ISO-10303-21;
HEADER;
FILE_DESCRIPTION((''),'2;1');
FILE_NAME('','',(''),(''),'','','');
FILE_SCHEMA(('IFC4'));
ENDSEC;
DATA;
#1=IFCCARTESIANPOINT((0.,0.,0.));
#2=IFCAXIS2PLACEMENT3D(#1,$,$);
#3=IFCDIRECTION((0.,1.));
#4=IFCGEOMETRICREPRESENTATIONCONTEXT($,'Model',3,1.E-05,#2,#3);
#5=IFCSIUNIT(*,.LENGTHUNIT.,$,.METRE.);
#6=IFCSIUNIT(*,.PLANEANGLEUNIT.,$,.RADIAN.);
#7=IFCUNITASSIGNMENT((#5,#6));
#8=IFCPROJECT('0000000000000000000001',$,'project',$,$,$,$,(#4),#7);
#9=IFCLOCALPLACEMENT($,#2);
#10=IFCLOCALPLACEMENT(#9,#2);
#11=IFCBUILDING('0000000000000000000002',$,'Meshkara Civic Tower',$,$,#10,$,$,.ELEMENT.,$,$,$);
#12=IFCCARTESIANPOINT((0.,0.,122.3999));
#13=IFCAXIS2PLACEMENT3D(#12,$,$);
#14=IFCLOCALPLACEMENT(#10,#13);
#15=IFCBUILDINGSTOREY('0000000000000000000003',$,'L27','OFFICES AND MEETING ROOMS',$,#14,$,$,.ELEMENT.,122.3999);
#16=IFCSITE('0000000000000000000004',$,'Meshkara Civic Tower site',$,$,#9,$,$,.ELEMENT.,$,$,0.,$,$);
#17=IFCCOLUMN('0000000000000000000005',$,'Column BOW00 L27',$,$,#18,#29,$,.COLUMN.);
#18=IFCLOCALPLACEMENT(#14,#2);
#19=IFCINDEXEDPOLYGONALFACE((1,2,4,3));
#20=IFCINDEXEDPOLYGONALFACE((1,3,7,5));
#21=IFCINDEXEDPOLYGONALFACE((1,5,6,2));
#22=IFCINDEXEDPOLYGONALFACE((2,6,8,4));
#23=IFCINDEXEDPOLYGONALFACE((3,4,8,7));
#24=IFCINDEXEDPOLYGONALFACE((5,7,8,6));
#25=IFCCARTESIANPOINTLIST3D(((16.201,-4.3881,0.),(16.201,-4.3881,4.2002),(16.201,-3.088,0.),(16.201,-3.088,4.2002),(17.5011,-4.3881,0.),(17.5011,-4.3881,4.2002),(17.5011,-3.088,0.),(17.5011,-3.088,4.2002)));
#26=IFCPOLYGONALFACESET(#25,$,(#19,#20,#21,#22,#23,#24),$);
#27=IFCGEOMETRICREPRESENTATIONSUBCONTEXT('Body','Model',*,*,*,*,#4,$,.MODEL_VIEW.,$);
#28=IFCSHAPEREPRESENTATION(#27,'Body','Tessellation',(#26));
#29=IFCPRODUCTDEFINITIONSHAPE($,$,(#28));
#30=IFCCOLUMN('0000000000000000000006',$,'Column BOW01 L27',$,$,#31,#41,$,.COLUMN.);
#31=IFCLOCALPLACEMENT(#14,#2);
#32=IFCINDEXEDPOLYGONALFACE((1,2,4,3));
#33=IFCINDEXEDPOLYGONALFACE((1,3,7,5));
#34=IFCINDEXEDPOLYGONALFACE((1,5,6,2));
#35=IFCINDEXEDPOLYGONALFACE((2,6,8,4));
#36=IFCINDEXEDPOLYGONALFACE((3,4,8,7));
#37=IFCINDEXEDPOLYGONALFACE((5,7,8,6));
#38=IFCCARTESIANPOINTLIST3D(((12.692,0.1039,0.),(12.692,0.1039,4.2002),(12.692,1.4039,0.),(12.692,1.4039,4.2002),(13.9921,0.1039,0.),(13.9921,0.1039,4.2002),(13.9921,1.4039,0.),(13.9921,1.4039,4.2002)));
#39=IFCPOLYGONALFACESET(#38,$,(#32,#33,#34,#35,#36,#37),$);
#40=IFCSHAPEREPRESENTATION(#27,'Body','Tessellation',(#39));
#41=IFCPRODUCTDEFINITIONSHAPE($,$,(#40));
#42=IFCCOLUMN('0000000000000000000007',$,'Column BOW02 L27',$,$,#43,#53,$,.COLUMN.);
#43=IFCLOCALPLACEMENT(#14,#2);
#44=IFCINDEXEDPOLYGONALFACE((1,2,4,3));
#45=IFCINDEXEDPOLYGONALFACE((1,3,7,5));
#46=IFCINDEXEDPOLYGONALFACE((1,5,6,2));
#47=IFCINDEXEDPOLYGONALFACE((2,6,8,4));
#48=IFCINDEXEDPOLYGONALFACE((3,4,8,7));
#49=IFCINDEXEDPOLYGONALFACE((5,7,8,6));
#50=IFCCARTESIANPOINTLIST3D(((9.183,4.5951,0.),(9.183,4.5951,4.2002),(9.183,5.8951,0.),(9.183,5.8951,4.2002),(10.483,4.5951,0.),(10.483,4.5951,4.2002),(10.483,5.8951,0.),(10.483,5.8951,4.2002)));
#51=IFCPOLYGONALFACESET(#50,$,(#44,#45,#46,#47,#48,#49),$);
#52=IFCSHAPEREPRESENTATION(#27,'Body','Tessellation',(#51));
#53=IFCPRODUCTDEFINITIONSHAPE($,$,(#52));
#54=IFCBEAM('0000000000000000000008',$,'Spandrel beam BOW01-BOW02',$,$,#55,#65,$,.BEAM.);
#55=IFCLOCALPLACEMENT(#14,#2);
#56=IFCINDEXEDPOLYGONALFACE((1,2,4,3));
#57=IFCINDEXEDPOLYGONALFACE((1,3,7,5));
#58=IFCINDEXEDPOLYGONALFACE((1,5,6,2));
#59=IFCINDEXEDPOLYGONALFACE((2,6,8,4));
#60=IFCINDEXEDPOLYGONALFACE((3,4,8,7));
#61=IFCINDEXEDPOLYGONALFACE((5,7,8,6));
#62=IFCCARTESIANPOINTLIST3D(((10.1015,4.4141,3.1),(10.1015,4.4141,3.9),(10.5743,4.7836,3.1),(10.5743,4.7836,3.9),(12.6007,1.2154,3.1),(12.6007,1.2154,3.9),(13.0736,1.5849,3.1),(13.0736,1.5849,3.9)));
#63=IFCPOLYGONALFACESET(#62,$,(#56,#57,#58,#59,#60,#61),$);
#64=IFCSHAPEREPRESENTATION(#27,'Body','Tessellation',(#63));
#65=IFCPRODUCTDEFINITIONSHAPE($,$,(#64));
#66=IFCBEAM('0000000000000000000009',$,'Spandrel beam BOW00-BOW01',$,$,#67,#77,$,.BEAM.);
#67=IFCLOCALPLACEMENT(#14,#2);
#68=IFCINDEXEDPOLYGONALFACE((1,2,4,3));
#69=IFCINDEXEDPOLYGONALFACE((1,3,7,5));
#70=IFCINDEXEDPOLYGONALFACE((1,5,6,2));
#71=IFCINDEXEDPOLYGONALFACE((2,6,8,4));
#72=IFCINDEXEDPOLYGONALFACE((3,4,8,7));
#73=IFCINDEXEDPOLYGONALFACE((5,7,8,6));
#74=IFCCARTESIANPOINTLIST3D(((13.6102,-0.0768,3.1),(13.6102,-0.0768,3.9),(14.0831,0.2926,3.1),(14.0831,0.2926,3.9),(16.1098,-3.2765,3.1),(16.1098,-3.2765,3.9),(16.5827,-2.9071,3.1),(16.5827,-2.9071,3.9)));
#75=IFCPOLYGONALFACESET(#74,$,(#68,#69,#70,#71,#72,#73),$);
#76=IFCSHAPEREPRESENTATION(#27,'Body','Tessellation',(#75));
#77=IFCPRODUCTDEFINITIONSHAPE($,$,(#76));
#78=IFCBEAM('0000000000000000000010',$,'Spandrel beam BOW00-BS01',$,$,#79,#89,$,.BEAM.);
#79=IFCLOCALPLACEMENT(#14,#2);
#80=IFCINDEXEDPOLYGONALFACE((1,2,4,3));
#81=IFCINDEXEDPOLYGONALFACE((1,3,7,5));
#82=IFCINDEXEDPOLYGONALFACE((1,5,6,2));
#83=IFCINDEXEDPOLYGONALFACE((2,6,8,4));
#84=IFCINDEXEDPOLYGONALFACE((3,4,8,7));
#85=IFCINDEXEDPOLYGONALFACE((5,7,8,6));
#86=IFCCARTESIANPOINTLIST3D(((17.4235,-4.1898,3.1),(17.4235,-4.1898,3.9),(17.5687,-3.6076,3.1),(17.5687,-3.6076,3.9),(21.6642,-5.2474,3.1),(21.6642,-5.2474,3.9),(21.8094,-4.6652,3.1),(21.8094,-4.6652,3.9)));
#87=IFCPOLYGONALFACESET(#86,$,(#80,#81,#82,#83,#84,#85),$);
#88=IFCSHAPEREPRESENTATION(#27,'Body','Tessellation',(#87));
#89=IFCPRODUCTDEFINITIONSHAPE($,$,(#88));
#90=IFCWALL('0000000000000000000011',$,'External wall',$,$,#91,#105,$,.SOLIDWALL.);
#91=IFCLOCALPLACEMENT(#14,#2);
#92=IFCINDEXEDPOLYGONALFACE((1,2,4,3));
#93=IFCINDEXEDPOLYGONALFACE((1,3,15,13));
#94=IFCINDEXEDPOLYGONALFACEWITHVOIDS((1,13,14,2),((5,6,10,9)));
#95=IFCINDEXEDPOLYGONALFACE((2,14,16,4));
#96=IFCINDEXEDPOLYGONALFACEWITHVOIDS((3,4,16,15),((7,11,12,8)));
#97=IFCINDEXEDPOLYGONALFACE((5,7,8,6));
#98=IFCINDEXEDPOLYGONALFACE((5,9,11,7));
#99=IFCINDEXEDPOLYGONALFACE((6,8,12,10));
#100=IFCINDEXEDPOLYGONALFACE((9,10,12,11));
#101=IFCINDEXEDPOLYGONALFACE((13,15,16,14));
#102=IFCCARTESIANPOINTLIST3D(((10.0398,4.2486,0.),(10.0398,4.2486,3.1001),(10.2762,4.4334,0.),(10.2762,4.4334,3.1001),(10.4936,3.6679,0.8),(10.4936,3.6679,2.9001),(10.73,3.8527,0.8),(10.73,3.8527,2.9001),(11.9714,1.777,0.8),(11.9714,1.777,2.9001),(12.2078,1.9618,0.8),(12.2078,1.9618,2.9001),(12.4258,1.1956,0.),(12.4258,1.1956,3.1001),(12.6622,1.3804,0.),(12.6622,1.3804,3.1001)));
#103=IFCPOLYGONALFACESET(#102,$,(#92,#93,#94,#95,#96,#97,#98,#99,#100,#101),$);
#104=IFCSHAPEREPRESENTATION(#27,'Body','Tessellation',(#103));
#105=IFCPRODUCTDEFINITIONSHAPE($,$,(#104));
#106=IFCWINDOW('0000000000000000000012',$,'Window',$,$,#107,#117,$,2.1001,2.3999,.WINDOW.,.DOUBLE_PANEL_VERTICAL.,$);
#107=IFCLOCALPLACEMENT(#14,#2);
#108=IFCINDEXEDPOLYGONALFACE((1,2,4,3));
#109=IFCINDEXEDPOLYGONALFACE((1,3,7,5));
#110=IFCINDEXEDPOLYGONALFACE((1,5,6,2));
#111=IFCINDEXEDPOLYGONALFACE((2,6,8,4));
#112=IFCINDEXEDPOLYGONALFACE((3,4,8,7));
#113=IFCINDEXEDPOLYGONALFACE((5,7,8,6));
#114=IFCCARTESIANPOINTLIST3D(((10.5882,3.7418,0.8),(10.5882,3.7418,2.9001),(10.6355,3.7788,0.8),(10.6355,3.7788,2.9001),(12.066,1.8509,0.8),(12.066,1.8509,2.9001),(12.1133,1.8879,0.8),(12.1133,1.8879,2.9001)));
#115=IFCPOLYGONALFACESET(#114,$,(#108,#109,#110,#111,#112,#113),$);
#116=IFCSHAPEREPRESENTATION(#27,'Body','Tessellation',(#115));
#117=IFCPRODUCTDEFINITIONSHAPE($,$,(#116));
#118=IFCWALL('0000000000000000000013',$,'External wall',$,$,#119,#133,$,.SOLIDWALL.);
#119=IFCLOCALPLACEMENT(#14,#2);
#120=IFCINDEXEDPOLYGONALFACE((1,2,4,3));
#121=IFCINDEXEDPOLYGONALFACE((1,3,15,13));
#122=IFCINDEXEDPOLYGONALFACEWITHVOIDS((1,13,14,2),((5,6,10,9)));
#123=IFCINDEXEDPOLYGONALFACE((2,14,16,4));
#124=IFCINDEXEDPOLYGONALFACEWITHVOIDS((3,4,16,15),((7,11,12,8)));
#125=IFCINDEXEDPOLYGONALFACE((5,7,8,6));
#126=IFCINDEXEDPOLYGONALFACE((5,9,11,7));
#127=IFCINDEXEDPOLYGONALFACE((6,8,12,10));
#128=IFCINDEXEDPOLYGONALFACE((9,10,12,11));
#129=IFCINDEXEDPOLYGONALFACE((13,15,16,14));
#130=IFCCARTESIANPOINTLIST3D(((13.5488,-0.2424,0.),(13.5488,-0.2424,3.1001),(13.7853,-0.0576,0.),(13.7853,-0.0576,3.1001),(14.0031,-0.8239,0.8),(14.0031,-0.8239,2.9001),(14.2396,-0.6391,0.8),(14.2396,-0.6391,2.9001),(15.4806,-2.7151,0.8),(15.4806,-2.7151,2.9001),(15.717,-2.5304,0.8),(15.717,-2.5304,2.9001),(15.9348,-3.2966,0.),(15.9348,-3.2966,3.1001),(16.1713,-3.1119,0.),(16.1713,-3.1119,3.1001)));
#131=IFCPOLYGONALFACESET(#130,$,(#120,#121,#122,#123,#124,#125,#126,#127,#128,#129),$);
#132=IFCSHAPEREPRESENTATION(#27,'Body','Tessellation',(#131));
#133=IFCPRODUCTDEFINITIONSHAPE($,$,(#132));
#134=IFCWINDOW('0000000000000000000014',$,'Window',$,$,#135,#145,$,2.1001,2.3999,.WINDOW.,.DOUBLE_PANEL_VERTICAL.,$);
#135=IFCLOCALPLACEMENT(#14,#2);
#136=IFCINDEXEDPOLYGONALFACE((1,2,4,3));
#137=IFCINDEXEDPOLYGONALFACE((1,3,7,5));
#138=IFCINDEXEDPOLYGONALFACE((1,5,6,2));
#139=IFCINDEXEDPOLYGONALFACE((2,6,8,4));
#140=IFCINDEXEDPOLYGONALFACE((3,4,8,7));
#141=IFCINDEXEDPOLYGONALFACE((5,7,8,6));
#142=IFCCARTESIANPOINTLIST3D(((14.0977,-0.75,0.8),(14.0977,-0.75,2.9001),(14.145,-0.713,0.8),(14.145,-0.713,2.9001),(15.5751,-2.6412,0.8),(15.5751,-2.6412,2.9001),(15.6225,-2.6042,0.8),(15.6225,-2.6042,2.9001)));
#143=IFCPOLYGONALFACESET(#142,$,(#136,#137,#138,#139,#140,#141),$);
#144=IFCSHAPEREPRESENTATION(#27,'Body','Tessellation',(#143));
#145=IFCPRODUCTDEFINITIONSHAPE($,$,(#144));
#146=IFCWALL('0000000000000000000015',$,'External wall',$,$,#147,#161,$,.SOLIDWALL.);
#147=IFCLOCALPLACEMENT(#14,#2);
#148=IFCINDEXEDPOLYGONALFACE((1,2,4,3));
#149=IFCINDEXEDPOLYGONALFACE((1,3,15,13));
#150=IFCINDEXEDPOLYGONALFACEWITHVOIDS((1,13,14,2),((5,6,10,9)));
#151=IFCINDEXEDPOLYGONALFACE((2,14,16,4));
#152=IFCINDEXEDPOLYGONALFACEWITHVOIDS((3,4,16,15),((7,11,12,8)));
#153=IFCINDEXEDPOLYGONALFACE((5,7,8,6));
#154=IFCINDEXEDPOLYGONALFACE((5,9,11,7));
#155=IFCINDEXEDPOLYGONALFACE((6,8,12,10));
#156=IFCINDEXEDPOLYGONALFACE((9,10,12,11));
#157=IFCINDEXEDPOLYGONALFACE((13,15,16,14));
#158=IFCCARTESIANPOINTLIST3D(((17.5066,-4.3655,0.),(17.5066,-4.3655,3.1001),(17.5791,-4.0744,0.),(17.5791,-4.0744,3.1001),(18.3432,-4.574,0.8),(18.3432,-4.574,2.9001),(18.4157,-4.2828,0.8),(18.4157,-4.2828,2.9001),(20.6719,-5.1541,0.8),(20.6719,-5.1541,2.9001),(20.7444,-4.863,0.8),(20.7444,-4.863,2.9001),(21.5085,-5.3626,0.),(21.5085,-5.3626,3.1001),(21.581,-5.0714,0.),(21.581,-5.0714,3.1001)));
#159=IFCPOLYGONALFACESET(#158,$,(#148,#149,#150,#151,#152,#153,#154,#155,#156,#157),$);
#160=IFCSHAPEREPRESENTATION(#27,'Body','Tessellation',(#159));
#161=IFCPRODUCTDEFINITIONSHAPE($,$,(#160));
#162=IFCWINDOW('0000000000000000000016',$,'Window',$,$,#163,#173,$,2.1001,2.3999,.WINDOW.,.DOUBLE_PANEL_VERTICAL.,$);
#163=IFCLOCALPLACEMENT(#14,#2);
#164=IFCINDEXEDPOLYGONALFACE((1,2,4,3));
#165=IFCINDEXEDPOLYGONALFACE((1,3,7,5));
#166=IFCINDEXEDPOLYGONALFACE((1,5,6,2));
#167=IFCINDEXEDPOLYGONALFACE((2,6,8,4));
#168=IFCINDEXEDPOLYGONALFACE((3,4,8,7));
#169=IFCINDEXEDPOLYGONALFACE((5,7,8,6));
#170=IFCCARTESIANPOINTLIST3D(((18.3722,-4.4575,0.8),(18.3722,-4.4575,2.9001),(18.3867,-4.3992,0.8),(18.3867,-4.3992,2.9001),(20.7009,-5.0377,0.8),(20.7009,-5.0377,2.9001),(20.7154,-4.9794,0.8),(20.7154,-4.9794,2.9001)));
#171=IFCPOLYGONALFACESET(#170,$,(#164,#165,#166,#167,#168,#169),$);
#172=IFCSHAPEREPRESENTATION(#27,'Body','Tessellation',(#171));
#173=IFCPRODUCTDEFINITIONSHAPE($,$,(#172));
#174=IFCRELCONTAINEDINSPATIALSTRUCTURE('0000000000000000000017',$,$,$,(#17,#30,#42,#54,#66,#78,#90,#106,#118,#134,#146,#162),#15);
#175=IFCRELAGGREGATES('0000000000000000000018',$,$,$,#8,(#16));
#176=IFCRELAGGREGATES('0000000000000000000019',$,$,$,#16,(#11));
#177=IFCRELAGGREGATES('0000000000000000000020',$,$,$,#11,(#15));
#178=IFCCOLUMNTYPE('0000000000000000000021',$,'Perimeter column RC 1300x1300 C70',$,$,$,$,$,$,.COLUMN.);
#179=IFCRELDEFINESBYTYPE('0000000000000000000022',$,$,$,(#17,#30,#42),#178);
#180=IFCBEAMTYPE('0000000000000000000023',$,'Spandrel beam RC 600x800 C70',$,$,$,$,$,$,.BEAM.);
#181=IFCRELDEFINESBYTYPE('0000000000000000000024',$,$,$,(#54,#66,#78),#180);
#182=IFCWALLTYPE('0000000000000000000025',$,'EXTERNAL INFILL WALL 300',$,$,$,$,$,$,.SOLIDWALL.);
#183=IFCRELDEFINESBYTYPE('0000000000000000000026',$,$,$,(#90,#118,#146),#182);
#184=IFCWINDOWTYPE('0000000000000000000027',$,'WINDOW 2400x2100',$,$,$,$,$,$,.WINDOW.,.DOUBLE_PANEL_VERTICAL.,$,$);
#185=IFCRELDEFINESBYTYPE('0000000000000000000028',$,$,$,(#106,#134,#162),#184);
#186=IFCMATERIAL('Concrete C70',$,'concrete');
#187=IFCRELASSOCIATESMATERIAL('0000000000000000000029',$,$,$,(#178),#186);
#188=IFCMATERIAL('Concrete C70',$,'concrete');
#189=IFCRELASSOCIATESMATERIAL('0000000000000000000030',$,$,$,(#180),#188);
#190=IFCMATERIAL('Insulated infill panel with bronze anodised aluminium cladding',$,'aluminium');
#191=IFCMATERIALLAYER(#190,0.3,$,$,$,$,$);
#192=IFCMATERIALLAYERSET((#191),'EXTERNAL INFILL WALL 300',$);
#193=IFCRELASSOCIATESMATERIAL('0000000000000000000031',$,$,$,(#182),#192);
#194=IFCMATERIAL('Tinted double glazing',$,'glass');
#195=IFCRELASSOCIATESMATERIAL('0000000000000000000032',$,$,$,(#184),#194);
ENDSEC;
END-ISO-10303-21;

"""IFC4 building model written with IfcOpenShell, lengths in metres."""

from ifc_helpers import new_model, si_unit, direction, frame, frame_2d, origin, origin_2d, place, context, subcontext, project, spatial, rectangle, extrude, material, layer, layer_set, material_profile, profile_set, type_object, element, fill, save


model = new_model("IFC4")

# Units and contexts
model_context = context("Model", 3, precision=1e-05, world=origin(), true_north=direction((0.0, 1.0)))
body_context = subcontext(model_context, "Body", "Model", "MODEL_VIEW")
ifc_project = project(units=[si_unit("LENGTHUNIT", "METRE"), si_unit("PLANEANGLEUNIT", "RADIAN")], contexts=[model_context])

# Site, building, storey
site_placement = place(None, origin())
site = spatial("IfcSite", under=ifc_project, at=site_placement, Name="Meshkara Civic Tower site", CompositionType="ELEMENT", RefElevation=0.0)
building_placement = place(site_placement, origin())
building = spatial("IfcBuilding", under=site, at=building_placement, Name="Meshkara Civic Tower", CompositionType="ELEMENT")
storey_placement = place(building_placement, frame((0.0, 0.0, 122.3999)))
storey = spatial("IfcBuildingStorey", under=building, at=storey_placement, Name="L27", Description="OFFICES AND MEETING ROOMS", CompositionType="ELEMENT", Elevation=122.3999)

# Columns
ifc_material_1 = material(Name="Concrete C70", Category="concrete")
ifc_material_profile_1 = material_profile(ifc_material_1, rectangle(XDim=1.3, YDim=1.3, at=origin_2d()))
ifc_profile_set_1 = profile_set([ifc_material_profile_1], Name="Concrete C70")
column_type = type_object("IfcColumnType", Name="Perimeter column RC 1300x1300 C70", PredefinedType="COLUMN", material=ifc_profile_set_1)
for number, where, z_axis, x_axis, name in (
    (1, (16.8511, -3.738, 0.0), (0.0, 0.0, 1.0), (1.0, 0.0, 0.0), "Column BOW00 L27"),
    (2, (13.342, 0.7539, 0.0), (0.0, 0.0, 1.0), (1.0, 0.0, 0.0), "Column BOW01 L27"),
    (3, (9.833, 5.2451, 0.0), (0.0, 0.0, 1.0), (1.0, 0.0, 0.0), "Column BOW02 L27"),
):
    element("IfcColumn", number, at=place(storey_placement, frame(where, z_axis=z_axis, x_axis=x_axis)), inside=storey, type_object=column_type, Name=name, PredefinedType="COLUMN", context=body_context, shape_type="SweptSolid", body=[
        extrude(rectangle(XDim=1.3, YDim=1.3, at=origin_2d()), origin(), (0.0, 0.0, 1.0), 4.2002),
    ])

# Beams
ifc_material_2 = material(Name="Concrete C70", Category="concrete")
ifc_material_profile_2 = material_profile(ifc_material_2, rectangle(XDim=0.6001, YDim=0.8, at=origin_2d()))
ifc_profile_set_2 = profile_set([ifc_material_profile_2], Name="Concrete C70")
beam_type = type_object("IfcBeamType", Name="Spandrel beam RC 600x800 C70", PredefinedType="BEAM", material=ifc_profile_set_2)
beam_1_placement = place(storey_placement, frame((10.3379, 4.5989, 3.5), z_axis=(0.615684, -0.787993, 0.0), x_axis=(0.787993, 0.615684, 0.0)))
element("IfcBeam", 4, at=beam_1_placement, inside=storey, type_object=beam_type, Name="Spandrel beam BOW01-BOW02", PredefinedType="BEAM", context=body_context, shape_type="SweptSolid", body=[
    extrude(rectangle(XDim=0.6001, YDim=0.8, at=origin_2d()), origin(), (0.0, 0.0, 1.0), 4.0593),
])
beam_2_placement = place(storey_placement, frame((13.8467, 0.1079, 3.5), z_axis=(0.615604, -0.788055, 0.0), x_axis=(0.788055, 0.615604, 0.0)))
element("IfcBeam", 5, at=beam_2_placement, inside=storey, type_object=beam_type, Name="Spandrel beam BOW00-BOW01", PredefinedType="BEAM", context=body_context, shape_type="SweptSolid", body=[
    extrude(rectangle(XDim=0.6001, YDim=0.8, at=origin_2d()), origin(), (0.0, 0.0, 1.0), 4.0603),
])
beam_3_placement = place(storey_placement, frame((17.4961, -3.8987, 3.5), z_axis=(0.97028, -0.241984, 0.0), x_axis=(0.241984, 0.97028, 0.0)))
element("IfcBeam", 6, at=beam_3_placement, inside=storey, type_object=beam_type, Name="Spandrel beam BOW00-BS01", PredefinedType="BEAM", context=body_context, shape_type="SweptSolid", body=[
    extrude(rectangle(XDim=0.6001, YDim=0.8, at=origin_2d()), origin(), (0.0, 0.0, 1.0), 4.3706),
])

# Walls, openings, windows
ifc_material_3 = material(Name="Insulated infill panel with bronze anodised aluminium cladding", Category="aluminium")
ifc_layer_1 = layer(ifc_material_3, 0.3)
ifc_layer_set_1 = layer_set([ifc_layer_1], Name="EXTERNAL INFILL WALL 300")
wall_type_1 = type_object("IfcWallType", Name="EXTERNAL INFILL WALL 300", PredefinedType="SOLIDWALL", material=ifc_layer_set_1)
wall_1_placement = place(storey_placement, frame((10.158, 4.3411, 0.0), z_axis=(0.0, 0.0, 1.0), x_axis=(0.61578, -0.787918, 0.0)))
wall_1 = element("IfcWall", 7, at=wall_1_placement, inside=storey, type_object=wall_type_1, Name="External wall", PredefinedType="SOLIDWALL", context=body_context, shape_type="SweptSolid", body=[
    extrude(rectangle(XDim=3.8748, YDim=0.3, at=frame_2d((1.9375, 0.0))), origin(), (0.0, 0.0, 1.0), 3.1001),
])
opening_1_placement = place(wall_1_placement, frame((0.7371, 0.0, 0.8)))
opening_1 = element("IfcOpeningElement", 8, at=opening_1_placement, cuts=wall_1, PredefinedType="OPENING", context=body_context, shape_type="SweptSolid", body=[
    extrude(rectangle(XDim=2.3999, YDim=2.1001, at=frame_2d((1.2, 1.05))), frame((0.0, 0.1599, 0.0), z_axis=(0.0, -1.0, 0.0), x_axis=(1.0, 0.0, 0.0)), (0.0, 0.0, 1.0), 0.3201),
])
ifc_material_4 = material(Name="Tinted double glazing", Category="glass")
window_type = type_object("IfcWindowType", Name="WINDOW 2400x2100", PartitioningType="DOUBLE_PANEL_VERTICAL", PredefinedType="WINDOW", material=ifc_material_4)
window_1_placement = place(opening_1_placement, origin())
window_1 = element("IfcWindow", 9, at=window_1_placement, inside=storey, type_object=window_type, Name="Window", OverallHeight=2.1001, OverallWidth=2.3999, PartitioningType="DOUBLE_PANEL_VERTICAL", PredefinedType="WINDOW", context=body_context, shape_type="SweptSolid", body=[
    extrude(rectangle(XDim=2.3999, YDim=2.1001, at=frame_2d((1.2, 1.05))), frame((0.0, 0.03, 0.0), z_axis=(0.0, -1.0, 0.0), x_axis=(1.0, 0.0, 0.0)), (0.0, 0.0, 1.0), 0.0601),
])
fill(opening_1, window_1)
wall_2_placement = place(storey_placement, frame((13.667, -0.1499, 0.0), z_axis=(0.0, 0.0, 1.0), x_axis=(0.615627, -0.788038, 0.0)))
wall_2 = element("IfcWall", 10, at=wall_2_placement, inside=storey, type_object=wall_type_1, Name="External wall", PredefinedType="SOLIDWALL", context=body_context, shape_type="SweptSolid", body=[
    extrude(rectangle(XDim=3.8757, YDim=0.3, at=frame_2d((1.938, 0.0))), origin(), (0.0, 0.0, 1.0), 3.1001),
])
opening_2_placement = place(wall_2_placement, frame((0.738, 0.0, 0.8)))
opening_2 = element("IfcOpeningElement", 11, at=opening_2_placement, cuts=wall_2, PredefinedType="OPENING", context=body_context, shape_type="SweptSolid", body=[
    extrude(rectangle(XDim=2.3999, YDim=2.1001, at=frame_2d((1.2, 1.05))), frame((0.0, 0.1599, 0.0), z_axis=(0.0, -1.0, 0.0), x_axis=(1.0, 0.0, 0.0)), (0.0, 0.0, 1.0), 0.3201),
])
window_2_placement = place(opening_2_placement, origin())
window_2 = element("IfcWindow", 12, at=window_2_placement, inside=storey, type_object=window_type, Name="Window", OverallHeight=2.1001, OverallWidth=2.3999, PartitioningType="DOUBLE_PANEL_VERTICAL", PredefinedType="WINDOW", context=body_context, shape_type="SweptSolid", body=[
    extrude(rectangle(XDim=2.3999, YDim=2.1001, at=frame_2d((1.2, 1.05))), frame((0.0, 0.03, 0.0), z_axis=(0.0, -1.0, 0.0), x_axis=(1.0, 0.0, 0.0)), (0.0, 0.0, 1.0), 0.0601),
])
fill(opening_2, window_2)
wall_3_placement = place(storey_placement, frame((17.543, -4.22, 0.0), z_axis=(0.0, 0.0, 1.0), x_axis=(0.970337, -0.241756, 0.0)))
wall_3 = element("IfcWall", 13, at=wall_3_placement, inside=storey, type_object=wall_type_1, Name="External wall", PredefinedType="SOLIDWALL", context=body_context, shape_type="SweptSolid", body=[
    extrude(rectangle(XDim=4.1243, YDim=0.3, at=frame_2d((2.062, 0.0))), origin(), (0.0, 0.0, 1.0), 3.1001),
])
opening_3_placement = place(wall_3_placement, frame((0.8621, 0.0, 0.8)))
opening_3 = element("IfcOpeningElement", 14, at=opening_3_placement, cuts=wall_3, PredefinedType="OPENING", context=body_context, shape_type="SweptSolid", body=[
    extrude(rectangle(XDim=2.3999, YDim=2.1001, at=frame_2d((1.2, 1.05))), frame((0.0, 0.1599, 0.0), z_axis=(0.0, -1.0, 0.0), x_axis=(1.0, 0.0, 0.0)), (0.0, 0.0, 1.0), 0.3201),
])
window_3_placement = place(opening_3_placement, origin())
window_3 = element("IfcWindow", 15, at=window_3_placement, inside=storey, type_object=window_type, Name="Window", OverallHeight=2.1001, OverallWidth=2.3999, PartitioningType="DOUBLE_PANEL_VERTICAL", PredefinedType="WINDOW", context=body_context, shape_type="SweptSolid", body=[
    extrude(rectangle(XDim=2.3999, YDim=2.1001, at=frame_2d((1.2, 1.05))), frame((0.0, 0.03, 0.0), z_axis=(0.0, -1.0, 0.0), x_axis=(1.0, 0.0, 0.0)), (0.0, 0.0, 1.0), 0.0601),
])
fill(opening_3, window_3)

save(model, "model.ifc")
